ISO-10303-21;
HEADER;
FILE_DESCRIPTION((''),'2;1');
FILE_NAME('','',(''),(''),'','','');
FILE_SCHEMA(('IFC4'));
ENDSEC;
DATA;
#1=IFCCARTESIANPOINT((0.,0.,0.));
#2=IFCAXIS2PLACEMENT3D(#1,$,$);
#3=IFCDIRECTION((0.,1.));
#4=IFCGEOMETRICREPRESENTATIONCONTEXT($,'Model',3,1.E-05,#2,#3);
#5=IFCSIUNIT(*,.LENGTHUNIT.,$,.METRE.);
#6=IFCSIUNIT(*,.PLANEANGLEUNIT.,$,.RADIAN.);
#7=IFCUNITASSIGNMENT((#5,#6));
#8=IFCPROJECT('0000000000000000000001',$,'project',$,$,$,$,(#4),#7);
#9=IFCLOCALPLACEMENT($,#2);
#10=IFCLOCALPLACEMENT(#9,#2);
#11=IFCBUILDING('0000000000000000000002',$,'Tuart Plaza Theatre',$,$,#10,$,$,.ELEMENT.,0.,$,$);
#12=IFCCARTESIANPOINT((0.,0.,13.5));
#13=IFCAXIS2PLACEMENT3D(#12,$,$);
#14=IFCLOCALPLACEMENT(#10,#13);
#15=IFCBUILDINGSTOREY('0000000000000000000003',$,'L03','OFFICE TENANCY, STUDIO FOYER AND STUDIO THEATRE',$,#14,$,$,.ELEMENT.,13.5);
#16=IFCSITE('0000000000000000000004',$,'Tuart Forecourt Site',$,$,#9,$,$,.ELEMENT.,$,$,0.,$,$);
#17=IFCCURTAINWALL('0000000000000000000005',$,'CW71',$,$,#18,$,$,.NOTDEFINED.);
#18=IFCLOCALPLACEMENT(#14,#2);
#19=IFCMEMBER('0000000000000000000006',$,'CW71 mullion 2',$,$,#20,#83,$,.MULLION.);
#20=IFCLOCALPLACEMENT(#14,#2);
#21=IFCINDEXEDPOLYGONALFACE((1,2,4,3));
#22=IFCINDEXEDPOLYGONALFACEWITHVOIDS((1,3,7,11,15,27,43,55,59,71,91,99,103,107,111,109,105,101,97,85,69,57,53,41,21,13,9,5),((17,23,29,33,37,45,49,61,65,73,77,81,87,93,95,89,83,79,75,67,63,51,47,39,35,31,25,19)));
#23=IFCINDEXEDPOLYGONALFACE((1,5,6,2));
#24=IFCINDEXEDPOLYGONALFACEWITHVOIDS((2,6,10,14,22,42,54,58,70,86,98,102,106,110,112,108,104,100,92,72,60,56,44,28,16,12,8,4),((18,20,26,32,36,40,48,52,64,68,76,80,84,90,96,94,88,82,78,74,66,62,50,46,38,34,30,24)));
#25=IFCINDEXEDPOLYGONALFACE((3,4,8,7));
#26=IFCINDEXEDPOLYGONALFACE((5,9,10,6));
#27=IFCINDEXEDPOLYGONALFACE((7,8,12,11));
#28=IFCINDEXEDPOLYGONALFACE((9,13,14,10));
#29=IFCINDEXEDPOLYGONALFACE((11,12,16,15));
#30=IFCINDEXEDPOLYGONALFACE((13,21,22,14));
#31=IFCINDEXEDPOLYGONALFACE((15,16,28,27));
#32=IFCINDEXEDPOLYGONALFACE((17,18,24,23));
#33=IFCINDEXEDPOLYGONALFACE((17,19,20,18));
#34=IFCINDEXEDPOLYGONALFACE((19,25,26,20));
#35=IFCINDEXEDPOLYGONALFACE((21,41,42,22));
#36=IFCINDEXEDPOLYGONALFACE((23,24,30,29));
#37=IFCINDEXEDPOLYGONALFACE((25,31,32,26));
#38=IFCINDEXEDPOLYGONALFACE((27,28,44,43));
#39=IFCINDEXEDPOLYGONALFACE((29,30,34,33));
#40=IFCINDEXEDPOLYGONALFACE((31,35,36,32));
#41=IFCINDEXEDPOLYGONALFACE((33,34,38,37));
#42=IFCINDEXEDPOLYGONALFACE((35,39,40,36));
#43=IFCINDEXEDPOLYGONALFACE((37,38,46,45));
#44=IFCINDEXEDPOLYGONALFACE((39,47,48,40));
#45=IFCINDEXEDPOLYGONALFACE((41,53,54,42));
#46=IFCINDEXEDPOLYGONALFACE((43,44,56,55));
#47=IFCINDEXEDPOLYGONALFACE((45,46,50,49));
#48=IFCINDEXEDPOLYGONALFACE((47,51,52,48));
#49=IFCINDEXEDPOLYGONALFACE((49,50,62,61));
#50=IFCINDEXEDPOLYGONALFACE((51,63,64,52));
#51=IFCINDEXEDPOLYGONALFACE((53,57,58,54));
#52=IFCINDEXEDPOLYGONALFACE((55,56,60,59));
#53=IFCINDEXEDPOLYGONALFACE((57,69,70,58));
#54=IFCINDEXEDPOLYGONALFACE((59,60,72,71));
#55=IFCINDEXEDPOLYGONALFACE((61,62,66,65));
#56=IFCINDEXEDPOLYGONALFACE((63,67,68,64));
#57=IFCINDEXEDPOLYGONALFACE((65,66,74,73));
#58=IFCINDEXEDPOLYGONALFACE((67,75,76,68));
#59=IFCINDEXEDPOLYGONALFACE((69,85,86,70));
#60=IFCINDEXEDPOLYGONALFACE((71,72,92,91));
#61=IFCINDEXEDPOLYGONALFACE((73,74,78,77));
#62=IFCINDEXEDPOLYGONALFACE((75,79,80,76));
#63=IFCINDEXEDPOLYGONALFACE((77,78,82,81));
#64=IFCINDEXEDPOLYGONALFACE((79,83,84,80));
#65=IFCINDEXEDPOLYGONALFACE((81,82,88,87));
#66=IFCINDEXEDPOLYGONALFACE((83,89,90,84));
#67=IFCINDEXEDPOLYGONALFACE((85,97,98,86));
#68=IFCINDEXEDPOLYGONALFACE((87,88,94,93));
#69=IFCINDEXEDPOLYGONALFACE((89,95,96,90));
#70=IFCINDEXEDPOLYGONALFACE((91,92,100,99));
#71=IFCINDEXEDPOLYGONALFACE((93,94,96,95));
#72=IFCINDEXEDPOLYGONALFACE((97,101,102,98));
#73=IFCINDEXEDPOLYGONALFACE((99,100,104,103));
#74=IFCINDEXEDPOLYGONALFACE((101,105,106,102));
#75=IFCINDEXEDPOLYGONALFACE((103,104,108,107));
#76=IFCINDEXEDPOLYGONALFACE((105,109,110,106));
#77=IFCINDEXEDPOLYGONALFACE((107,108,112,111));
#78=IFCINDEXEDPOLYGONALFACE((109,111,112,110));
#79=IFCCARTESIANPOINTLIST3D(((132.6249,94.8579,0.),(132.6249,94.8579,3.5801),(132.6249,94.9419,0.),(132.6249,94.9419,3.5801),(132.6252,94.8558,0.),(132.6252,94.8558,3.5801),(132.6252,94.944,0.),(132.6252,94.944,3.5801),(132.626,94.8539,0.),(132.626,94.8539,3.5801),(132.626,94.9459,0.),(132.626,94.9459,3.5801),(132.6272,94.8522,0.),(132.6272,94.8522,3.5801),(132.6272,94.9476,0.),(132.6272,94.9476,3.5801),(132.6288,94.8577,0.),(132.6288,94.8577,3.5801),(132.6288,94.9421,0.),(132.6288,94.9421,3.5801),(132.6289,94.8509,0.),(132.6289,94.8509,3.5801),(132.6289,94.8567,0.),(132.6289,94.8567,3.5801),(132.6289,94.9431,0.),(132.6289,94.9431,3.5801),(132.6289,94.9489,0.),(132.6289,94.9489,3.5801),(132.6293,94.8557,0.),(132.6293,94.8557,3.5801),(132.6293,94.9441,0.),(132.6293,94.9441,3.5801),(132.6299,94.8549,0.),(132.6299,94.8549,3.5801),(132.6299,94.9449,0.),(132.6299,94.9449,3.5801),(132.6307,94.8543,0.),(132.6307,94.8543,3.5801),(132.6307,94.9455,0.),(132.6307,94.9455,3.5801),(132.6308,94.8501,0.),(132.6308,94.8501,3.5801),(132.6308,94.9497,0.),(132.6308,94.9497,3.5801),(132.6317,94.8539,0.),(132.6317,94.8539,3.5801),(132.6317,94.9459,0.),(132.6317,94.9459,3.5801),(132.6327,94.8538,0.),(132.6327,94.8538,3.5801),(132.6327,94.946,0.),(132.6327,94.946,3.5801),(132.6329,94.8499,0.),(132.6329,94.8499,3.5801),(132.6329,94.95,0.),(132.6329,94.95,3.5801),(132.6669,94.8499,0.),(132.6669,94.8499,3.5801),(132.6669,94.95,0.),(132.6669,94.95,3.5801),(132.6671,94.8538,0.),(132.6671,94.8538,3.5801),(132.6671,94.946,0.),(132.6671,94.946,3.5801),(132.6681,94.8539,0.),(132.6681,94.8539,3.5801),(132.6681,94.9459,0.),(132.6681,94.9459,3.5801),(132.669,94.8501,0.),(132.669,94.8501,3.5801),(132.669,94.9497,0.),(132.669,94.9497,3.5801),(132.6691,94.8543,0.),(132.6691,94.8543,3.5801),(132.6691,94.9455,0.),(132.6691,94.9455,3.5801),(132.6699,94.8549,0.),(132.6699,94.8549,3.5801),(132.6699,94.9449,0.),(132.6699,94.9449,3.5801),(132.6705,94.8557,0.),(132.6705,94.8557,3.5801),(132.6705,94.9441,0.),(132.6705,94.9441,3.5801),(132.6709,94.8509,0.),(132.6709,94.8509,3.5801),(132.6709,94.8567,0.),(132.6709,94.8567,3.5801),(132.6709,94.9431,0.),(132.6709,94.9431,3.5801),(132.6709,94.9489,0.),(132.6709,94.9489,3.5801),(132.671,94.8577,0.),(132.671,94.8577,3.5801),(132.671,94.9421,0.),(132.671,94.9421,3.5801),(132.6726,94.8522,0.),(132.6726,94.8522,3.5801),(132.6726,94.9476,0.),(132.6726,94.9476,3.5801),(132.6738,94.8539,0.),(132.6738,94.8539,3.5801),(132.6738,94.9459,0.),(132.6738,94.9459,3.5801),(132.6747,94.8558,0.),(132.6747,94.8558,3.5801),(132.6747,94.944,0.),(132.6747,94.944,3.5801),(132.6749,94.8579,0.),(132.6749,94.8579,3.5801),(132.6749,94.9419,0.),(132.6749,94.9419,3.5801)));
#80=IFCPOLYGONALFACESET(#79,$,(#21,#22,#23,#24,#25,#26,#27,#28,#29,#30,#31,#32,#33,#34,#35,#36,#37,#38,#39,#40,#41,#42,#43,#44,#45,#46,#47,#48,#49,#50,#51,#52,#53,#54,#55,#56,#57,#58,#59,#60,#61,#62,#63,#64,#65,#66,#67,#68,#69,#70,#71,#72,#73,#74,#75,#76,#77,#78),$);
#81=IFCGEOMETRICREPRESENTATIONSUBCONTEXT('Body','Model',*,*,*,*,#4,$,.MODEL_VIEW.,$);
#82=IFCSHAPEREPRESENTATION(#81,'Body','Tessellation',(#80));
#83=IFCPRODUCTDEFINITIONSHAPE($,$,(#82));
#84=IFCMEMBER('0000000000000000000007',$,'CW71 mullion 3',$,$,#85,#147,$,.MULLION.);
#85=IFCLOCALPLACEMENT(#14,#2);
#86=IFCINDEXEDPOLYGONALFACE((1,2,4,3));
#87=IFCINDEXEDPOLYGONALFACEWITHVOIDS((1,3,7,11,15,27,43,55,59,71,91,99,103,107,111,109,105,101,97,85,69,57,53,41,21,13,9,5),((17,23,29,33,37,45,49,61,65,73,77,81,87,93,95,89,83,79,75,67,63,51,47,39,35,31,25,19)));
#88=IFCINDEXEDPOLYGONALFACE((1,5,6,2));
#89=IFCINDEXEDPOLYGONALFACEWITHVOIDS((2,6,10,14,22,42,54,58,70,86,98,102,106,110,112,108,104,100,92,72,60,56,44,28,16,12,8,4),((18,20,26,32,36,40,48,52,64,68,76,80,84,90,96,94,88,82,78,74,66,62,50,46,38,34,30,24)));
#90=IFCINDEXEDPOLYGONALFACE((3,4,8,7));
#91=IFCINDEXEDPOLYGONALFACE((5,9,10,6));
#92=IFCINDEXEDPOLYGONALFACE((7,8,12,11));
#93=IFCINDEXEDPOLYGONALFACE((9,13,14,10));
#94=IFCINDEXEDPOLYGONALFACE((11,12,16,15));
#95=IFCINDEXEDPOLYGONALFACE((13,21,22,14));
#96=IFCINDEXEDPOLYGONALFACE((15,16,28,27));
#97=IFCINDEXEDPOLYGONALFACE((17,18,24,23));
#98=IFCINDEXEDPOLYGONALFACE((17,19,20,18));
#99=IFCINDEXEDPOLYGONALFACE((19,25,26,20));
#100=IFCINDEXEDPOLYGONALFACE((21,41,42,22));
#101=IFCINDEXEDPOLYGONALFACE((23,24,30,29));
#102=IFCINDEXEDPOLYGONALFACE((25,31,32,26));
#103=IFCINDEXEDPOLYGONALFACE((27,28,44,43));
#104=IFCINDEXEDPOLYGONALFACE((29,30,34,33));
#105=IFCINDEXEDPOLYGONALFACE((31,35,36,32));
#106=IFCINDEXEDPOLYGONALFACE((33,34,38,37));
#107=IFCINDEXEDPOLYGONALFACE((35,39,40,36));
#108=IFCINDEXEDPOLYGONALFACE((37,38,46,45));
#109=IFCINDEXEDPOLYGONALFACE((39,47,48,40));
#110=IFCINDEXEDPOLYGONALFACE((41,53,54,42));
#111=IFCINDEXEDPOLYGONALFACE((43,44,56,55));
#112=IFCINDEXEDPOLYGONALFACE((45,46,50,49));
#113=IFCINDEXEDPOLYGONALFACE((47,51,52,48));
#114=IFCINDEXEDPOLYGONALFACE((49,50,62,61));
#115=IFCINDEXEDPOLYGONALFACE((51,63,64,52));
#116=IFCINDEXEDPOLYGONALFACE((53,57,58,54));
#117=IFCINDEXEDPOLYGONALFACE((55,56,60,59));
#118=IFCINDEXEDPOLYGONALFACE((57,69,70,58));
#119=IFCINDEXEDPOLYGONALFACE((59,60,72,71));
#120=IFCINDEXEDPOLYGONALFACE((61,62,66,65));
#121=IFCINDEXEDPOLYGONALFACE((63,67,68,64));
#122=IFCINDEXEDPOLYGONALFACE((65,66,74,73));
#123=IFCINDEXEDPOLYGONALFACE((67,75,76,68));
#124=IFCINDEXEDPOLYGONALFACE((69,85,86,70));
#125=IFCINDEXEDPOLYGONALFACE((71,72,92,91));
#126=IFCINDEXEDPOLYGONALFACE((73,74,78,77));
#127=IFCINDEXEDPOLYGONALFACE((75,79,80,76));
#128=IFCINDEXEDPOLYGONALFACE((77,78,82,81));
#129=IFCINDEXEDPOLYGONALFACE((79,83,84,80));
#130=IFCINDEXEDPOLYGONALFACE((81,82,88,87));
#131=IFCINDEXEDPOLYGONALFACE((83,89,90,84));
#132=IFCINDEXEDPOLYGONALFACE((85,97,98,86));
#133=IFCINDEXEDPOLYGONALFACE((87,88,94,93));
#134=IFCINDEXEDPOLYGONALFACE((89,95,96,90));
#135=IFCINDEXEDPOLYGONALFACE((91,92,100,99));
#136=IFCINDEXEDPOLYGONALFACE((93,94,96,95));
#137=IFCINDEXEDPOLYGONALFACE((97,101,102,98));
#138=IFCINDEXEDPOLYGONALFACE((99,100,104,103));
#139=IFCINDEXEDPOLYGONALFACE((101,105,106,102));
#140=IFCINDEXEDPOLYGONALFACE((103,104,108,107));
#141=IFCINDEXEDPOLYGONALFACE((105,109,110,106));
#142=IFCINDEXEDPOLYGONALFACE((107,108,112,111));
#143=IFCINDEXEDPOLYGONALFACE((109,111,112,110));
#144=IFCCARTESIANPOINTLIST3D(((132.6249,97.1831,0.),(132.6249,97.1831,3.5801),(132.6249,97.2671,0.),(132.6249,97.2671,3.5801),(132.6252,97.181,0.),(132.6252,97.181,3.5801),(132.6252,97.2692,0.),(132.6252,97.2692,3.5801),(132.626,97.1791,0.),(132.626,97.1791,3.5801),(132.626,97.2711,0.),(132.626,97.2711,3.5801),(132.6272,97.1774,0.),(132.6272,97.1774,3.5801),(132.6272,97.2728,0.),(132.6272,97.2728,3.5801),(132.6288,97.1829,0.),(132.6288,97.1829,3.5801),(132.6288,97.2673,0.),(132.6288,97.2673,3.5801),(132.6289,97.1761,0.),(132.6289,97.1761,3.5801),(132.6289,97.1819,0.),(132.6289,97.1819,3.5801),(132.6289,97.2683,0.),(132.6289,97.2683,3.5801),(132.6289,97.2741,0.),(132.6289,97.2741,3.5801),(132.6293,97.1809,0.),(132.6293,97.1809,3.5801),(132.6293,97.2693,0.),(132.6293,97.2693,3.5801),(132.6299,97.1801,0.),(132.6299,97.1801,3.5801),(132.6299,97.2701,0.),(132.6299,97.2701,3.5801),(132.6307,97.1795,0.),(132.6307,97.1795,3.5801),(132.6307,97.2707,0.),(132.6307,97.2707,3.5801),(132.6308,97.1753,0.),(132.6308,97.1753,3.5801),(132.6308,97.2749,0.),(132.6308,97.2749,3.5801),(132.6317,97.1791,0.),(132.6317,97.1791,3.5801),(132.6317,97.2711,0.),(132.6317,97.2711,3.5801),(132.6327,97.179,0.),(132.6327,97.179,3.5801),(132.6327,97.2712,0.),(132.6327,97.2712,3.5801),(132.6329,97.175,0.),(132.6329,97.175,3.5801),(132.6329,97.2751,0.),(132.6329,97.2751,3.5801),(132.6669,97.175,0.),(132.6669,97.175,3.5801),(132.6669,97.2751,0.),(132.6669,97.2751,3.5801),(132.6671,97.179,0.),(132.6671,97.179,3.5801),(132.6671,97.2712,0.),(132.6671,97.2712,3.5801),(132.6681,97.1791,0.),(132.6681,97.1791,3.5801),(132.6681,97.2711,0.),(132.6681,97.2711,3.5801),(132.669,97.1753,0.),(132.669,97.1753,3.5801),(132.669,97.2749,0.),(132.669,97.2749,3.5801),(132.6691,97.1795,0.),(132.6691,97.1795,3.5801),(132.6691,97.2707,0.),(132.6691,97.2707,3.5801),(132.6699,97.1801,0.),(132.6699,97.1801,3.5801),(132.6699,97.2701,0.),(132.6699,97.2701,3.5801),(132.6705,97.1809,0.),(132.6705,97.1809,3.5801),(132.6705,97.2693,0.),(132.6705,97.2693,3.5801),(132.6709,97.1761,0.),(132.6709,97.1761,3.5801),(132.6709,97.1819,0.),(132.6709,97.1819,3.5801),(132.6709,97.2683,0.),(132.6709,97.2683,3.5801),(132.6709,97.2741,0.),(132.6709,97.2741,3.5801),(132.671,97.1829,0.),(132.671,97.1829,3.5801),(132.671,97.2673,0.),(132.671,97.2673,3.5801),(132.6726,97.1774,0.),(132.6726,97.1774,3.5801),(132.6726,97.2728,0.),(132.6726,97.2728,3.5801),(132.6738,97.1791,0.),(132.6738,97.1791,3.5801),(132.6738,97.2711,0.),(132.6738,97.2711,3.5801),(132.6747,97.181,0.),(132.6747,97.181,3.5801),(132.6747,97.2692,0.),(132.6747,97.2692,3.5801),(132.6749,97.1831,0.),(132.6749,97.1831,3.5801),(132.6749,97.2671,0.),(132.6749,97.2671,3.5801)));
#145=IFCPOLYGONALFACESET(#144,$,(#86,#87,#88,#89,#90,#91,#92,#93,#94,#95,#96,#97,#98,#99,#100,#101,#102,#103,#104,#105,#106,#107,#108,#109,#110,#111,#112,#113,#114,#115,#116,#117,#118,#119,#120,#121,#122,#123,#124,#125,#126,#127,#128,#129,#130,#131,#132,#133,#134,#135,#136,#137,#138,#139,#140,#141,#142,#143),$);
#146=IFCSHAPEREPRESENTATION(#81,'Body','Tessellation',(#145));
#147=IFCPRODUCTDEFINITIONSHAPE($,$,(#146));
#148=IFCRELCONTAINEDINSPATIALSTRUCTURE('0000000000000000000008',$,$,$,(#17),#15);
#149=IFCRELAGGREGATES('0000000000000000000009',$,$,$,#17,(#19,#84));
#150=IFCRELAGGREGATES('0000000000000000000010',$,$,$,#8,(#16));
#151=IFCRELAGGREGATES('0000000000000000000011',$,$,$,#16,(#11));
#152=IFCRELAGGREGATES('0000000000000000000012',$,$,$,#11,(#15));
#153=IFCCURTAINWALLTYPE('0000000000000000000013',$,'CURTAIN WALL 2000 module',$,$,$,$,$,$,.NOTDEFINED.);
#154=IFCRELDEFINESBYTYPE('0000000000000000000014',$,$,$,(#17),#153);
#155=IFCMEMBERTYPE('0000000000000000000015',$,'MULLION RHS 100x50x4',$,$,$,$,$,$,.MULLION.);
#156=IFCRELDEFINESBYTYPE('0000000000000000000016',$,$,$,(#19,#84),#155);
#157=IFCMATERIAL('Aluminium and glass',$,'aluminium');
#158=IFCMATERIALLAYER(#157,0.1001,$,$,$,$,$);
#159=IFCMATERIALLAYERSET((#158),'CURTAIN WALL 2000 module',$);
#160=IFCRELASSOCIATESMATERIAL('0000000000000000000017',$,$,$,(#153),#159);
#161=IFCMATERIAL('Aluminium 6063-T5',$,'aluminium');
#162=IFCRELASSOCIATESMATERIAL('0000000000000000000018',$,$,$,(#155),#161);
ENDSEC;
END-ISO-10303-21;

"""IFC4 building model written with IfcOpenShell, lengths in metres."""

from ifc_helpers import new_model, si_unit, direction, frame, origin, origin_2d, place, context, subcontext, project, spatial, hollow_rectangle, extrude, material, layer, layer_set, material_profile, profile_set, type_object, element, aggregate, save


model = new_model("IFC4")

# Units and contexts
model_context = context("Model", 3, precision=1e-05, world=origin(), true_north=direction((0.0, 1.0)))
body_context = subcontext(model_context, "Body", "Model", "MODEL_VIEW")
ifc_project = project(units=[si_unit("LENGTHUNIT", "METRE"), si_unit("PLANEANGLEUNIT", "RADIAN")], contexts=[model_context])

# Site, building, storey
site_placement = place(None, origin())
site = spatial("IfcSite", under=ifc_project, at=site_placement, Name="Tuart Forecourt Site", CompositionType="ELEMENT", RefElevation=0.0)
building_placement = place(site_placement, origin())
building = spatial("IfcBuilding", under=site, at=building_placement, Name="Tuart Plaza Theatre", CompositionType="ELEMENT", ElevationOfRefHeight=0.0)
storey_placement = place(building_placement, frame((0.0, 0.0, 13.5)))
storey = spatial("IfcBuildingStorey", under=building, at=storey_placement, Name="L03", Description="OFFICE TENANCY, STUDIO FOYER AND STUDIO THEATRE", CompositionType="ELEMENT", Elevation=13.5)

# Shared definitions
ifc_material_1 = material(Name="Aluminium and glass", Category="aluminium")
ifc_layer_1 = layer(ifc_material_1, 0.1001)
ifc_layer_set_1 = layer_set([ifc_layer_1], Name="CURTAIN WALL 2000 module")
curtain_wall_type = type_object("IfcCurtainWallType", Name="CURTAIN WALL 2000 module", PredefinedType="NOTDEFINED", material=ifc_layer_set_1)
ifc_material_2 = material(Name="Aluminium 6063-T5", Category="aluminium")
ifc_material_profile_1 = material_profile(ifc_material_2, hollow_rectangle(XDim=0.05, YDim=0.1001, WallThickness=0.0039, InnerFilletRadius=0.0039, OuterFilletRadius=0.0081, at=origin_2d()), Name="RHS 100x50x4")
ifc_profile_set_1 = profile_set([ifc_material_profile_1], Name="Aluminium 6063-T5")
member_type_1 = type_object("IfcMemberType", Name="MULLION RHS 100x50x4", PredefinedType="MULLION", material=ifc_profile_set_1)

# Curtain wall, members
curtain_wall_1_placement = place(storey_placement, origin())
curtain_wall_1 = element("IfcCurtainWall", 1, at=curtain_wall_1_placement, inside=storey, type_object=curtain_wall_type, Name="CW71", PredefinedType="NOTDEFINED")
member_1_placement = place(storey_placement, frame((132.6499, 94.8999, 0.0), z_axis=(0.0, 0.0, 1.0), x_axis=(-1.0, 0.0, 0.0)))
member_1 = element("IfcMember", 2, at=member_1_placement, type_object=member_type_1, Name="CW71 mullion 2", PredefinedType="MULLION", context=body_context, shape_type="SweptSolid", body=[
    extrude(hollow_rectangle(XDim=0.05, YDim=0.1001, WallThickness=0.0039, InnerFilletRadius=0.0039, OuterFilletRadius=0.0081, at=origin_2d()), origin(), (0.0, 0.0, 1.0), 3.5801),
])
member_2_placement = place(storey_placement, frame((132.6499, 97.2251, 0.0), z_axis=(0.0, 0.0, 1.0), x_axis=(-1.0, 0.0, 0.0)))
member_2 = element("IfcMember", 3, at=member_2_placement, type_object=member_type_1, Name="CW71 mullion 3", PredefinedType="MULLION", context=body_context, shape_type="SweptSolid", body=[
    extrude(hollow_rectangle(XDim=0.05, YDim=0.1001, WallThickness=0.0039, InnerFilletRadius=0.0039, OuterFilletRadius=0.0081, at=origin_2d()), origin(), (0.0, 0.0, 1.0), 3.5801),
])

aggregate(curtain_wall_1, [member_1, member_2])

save(model, "model.ifc")
